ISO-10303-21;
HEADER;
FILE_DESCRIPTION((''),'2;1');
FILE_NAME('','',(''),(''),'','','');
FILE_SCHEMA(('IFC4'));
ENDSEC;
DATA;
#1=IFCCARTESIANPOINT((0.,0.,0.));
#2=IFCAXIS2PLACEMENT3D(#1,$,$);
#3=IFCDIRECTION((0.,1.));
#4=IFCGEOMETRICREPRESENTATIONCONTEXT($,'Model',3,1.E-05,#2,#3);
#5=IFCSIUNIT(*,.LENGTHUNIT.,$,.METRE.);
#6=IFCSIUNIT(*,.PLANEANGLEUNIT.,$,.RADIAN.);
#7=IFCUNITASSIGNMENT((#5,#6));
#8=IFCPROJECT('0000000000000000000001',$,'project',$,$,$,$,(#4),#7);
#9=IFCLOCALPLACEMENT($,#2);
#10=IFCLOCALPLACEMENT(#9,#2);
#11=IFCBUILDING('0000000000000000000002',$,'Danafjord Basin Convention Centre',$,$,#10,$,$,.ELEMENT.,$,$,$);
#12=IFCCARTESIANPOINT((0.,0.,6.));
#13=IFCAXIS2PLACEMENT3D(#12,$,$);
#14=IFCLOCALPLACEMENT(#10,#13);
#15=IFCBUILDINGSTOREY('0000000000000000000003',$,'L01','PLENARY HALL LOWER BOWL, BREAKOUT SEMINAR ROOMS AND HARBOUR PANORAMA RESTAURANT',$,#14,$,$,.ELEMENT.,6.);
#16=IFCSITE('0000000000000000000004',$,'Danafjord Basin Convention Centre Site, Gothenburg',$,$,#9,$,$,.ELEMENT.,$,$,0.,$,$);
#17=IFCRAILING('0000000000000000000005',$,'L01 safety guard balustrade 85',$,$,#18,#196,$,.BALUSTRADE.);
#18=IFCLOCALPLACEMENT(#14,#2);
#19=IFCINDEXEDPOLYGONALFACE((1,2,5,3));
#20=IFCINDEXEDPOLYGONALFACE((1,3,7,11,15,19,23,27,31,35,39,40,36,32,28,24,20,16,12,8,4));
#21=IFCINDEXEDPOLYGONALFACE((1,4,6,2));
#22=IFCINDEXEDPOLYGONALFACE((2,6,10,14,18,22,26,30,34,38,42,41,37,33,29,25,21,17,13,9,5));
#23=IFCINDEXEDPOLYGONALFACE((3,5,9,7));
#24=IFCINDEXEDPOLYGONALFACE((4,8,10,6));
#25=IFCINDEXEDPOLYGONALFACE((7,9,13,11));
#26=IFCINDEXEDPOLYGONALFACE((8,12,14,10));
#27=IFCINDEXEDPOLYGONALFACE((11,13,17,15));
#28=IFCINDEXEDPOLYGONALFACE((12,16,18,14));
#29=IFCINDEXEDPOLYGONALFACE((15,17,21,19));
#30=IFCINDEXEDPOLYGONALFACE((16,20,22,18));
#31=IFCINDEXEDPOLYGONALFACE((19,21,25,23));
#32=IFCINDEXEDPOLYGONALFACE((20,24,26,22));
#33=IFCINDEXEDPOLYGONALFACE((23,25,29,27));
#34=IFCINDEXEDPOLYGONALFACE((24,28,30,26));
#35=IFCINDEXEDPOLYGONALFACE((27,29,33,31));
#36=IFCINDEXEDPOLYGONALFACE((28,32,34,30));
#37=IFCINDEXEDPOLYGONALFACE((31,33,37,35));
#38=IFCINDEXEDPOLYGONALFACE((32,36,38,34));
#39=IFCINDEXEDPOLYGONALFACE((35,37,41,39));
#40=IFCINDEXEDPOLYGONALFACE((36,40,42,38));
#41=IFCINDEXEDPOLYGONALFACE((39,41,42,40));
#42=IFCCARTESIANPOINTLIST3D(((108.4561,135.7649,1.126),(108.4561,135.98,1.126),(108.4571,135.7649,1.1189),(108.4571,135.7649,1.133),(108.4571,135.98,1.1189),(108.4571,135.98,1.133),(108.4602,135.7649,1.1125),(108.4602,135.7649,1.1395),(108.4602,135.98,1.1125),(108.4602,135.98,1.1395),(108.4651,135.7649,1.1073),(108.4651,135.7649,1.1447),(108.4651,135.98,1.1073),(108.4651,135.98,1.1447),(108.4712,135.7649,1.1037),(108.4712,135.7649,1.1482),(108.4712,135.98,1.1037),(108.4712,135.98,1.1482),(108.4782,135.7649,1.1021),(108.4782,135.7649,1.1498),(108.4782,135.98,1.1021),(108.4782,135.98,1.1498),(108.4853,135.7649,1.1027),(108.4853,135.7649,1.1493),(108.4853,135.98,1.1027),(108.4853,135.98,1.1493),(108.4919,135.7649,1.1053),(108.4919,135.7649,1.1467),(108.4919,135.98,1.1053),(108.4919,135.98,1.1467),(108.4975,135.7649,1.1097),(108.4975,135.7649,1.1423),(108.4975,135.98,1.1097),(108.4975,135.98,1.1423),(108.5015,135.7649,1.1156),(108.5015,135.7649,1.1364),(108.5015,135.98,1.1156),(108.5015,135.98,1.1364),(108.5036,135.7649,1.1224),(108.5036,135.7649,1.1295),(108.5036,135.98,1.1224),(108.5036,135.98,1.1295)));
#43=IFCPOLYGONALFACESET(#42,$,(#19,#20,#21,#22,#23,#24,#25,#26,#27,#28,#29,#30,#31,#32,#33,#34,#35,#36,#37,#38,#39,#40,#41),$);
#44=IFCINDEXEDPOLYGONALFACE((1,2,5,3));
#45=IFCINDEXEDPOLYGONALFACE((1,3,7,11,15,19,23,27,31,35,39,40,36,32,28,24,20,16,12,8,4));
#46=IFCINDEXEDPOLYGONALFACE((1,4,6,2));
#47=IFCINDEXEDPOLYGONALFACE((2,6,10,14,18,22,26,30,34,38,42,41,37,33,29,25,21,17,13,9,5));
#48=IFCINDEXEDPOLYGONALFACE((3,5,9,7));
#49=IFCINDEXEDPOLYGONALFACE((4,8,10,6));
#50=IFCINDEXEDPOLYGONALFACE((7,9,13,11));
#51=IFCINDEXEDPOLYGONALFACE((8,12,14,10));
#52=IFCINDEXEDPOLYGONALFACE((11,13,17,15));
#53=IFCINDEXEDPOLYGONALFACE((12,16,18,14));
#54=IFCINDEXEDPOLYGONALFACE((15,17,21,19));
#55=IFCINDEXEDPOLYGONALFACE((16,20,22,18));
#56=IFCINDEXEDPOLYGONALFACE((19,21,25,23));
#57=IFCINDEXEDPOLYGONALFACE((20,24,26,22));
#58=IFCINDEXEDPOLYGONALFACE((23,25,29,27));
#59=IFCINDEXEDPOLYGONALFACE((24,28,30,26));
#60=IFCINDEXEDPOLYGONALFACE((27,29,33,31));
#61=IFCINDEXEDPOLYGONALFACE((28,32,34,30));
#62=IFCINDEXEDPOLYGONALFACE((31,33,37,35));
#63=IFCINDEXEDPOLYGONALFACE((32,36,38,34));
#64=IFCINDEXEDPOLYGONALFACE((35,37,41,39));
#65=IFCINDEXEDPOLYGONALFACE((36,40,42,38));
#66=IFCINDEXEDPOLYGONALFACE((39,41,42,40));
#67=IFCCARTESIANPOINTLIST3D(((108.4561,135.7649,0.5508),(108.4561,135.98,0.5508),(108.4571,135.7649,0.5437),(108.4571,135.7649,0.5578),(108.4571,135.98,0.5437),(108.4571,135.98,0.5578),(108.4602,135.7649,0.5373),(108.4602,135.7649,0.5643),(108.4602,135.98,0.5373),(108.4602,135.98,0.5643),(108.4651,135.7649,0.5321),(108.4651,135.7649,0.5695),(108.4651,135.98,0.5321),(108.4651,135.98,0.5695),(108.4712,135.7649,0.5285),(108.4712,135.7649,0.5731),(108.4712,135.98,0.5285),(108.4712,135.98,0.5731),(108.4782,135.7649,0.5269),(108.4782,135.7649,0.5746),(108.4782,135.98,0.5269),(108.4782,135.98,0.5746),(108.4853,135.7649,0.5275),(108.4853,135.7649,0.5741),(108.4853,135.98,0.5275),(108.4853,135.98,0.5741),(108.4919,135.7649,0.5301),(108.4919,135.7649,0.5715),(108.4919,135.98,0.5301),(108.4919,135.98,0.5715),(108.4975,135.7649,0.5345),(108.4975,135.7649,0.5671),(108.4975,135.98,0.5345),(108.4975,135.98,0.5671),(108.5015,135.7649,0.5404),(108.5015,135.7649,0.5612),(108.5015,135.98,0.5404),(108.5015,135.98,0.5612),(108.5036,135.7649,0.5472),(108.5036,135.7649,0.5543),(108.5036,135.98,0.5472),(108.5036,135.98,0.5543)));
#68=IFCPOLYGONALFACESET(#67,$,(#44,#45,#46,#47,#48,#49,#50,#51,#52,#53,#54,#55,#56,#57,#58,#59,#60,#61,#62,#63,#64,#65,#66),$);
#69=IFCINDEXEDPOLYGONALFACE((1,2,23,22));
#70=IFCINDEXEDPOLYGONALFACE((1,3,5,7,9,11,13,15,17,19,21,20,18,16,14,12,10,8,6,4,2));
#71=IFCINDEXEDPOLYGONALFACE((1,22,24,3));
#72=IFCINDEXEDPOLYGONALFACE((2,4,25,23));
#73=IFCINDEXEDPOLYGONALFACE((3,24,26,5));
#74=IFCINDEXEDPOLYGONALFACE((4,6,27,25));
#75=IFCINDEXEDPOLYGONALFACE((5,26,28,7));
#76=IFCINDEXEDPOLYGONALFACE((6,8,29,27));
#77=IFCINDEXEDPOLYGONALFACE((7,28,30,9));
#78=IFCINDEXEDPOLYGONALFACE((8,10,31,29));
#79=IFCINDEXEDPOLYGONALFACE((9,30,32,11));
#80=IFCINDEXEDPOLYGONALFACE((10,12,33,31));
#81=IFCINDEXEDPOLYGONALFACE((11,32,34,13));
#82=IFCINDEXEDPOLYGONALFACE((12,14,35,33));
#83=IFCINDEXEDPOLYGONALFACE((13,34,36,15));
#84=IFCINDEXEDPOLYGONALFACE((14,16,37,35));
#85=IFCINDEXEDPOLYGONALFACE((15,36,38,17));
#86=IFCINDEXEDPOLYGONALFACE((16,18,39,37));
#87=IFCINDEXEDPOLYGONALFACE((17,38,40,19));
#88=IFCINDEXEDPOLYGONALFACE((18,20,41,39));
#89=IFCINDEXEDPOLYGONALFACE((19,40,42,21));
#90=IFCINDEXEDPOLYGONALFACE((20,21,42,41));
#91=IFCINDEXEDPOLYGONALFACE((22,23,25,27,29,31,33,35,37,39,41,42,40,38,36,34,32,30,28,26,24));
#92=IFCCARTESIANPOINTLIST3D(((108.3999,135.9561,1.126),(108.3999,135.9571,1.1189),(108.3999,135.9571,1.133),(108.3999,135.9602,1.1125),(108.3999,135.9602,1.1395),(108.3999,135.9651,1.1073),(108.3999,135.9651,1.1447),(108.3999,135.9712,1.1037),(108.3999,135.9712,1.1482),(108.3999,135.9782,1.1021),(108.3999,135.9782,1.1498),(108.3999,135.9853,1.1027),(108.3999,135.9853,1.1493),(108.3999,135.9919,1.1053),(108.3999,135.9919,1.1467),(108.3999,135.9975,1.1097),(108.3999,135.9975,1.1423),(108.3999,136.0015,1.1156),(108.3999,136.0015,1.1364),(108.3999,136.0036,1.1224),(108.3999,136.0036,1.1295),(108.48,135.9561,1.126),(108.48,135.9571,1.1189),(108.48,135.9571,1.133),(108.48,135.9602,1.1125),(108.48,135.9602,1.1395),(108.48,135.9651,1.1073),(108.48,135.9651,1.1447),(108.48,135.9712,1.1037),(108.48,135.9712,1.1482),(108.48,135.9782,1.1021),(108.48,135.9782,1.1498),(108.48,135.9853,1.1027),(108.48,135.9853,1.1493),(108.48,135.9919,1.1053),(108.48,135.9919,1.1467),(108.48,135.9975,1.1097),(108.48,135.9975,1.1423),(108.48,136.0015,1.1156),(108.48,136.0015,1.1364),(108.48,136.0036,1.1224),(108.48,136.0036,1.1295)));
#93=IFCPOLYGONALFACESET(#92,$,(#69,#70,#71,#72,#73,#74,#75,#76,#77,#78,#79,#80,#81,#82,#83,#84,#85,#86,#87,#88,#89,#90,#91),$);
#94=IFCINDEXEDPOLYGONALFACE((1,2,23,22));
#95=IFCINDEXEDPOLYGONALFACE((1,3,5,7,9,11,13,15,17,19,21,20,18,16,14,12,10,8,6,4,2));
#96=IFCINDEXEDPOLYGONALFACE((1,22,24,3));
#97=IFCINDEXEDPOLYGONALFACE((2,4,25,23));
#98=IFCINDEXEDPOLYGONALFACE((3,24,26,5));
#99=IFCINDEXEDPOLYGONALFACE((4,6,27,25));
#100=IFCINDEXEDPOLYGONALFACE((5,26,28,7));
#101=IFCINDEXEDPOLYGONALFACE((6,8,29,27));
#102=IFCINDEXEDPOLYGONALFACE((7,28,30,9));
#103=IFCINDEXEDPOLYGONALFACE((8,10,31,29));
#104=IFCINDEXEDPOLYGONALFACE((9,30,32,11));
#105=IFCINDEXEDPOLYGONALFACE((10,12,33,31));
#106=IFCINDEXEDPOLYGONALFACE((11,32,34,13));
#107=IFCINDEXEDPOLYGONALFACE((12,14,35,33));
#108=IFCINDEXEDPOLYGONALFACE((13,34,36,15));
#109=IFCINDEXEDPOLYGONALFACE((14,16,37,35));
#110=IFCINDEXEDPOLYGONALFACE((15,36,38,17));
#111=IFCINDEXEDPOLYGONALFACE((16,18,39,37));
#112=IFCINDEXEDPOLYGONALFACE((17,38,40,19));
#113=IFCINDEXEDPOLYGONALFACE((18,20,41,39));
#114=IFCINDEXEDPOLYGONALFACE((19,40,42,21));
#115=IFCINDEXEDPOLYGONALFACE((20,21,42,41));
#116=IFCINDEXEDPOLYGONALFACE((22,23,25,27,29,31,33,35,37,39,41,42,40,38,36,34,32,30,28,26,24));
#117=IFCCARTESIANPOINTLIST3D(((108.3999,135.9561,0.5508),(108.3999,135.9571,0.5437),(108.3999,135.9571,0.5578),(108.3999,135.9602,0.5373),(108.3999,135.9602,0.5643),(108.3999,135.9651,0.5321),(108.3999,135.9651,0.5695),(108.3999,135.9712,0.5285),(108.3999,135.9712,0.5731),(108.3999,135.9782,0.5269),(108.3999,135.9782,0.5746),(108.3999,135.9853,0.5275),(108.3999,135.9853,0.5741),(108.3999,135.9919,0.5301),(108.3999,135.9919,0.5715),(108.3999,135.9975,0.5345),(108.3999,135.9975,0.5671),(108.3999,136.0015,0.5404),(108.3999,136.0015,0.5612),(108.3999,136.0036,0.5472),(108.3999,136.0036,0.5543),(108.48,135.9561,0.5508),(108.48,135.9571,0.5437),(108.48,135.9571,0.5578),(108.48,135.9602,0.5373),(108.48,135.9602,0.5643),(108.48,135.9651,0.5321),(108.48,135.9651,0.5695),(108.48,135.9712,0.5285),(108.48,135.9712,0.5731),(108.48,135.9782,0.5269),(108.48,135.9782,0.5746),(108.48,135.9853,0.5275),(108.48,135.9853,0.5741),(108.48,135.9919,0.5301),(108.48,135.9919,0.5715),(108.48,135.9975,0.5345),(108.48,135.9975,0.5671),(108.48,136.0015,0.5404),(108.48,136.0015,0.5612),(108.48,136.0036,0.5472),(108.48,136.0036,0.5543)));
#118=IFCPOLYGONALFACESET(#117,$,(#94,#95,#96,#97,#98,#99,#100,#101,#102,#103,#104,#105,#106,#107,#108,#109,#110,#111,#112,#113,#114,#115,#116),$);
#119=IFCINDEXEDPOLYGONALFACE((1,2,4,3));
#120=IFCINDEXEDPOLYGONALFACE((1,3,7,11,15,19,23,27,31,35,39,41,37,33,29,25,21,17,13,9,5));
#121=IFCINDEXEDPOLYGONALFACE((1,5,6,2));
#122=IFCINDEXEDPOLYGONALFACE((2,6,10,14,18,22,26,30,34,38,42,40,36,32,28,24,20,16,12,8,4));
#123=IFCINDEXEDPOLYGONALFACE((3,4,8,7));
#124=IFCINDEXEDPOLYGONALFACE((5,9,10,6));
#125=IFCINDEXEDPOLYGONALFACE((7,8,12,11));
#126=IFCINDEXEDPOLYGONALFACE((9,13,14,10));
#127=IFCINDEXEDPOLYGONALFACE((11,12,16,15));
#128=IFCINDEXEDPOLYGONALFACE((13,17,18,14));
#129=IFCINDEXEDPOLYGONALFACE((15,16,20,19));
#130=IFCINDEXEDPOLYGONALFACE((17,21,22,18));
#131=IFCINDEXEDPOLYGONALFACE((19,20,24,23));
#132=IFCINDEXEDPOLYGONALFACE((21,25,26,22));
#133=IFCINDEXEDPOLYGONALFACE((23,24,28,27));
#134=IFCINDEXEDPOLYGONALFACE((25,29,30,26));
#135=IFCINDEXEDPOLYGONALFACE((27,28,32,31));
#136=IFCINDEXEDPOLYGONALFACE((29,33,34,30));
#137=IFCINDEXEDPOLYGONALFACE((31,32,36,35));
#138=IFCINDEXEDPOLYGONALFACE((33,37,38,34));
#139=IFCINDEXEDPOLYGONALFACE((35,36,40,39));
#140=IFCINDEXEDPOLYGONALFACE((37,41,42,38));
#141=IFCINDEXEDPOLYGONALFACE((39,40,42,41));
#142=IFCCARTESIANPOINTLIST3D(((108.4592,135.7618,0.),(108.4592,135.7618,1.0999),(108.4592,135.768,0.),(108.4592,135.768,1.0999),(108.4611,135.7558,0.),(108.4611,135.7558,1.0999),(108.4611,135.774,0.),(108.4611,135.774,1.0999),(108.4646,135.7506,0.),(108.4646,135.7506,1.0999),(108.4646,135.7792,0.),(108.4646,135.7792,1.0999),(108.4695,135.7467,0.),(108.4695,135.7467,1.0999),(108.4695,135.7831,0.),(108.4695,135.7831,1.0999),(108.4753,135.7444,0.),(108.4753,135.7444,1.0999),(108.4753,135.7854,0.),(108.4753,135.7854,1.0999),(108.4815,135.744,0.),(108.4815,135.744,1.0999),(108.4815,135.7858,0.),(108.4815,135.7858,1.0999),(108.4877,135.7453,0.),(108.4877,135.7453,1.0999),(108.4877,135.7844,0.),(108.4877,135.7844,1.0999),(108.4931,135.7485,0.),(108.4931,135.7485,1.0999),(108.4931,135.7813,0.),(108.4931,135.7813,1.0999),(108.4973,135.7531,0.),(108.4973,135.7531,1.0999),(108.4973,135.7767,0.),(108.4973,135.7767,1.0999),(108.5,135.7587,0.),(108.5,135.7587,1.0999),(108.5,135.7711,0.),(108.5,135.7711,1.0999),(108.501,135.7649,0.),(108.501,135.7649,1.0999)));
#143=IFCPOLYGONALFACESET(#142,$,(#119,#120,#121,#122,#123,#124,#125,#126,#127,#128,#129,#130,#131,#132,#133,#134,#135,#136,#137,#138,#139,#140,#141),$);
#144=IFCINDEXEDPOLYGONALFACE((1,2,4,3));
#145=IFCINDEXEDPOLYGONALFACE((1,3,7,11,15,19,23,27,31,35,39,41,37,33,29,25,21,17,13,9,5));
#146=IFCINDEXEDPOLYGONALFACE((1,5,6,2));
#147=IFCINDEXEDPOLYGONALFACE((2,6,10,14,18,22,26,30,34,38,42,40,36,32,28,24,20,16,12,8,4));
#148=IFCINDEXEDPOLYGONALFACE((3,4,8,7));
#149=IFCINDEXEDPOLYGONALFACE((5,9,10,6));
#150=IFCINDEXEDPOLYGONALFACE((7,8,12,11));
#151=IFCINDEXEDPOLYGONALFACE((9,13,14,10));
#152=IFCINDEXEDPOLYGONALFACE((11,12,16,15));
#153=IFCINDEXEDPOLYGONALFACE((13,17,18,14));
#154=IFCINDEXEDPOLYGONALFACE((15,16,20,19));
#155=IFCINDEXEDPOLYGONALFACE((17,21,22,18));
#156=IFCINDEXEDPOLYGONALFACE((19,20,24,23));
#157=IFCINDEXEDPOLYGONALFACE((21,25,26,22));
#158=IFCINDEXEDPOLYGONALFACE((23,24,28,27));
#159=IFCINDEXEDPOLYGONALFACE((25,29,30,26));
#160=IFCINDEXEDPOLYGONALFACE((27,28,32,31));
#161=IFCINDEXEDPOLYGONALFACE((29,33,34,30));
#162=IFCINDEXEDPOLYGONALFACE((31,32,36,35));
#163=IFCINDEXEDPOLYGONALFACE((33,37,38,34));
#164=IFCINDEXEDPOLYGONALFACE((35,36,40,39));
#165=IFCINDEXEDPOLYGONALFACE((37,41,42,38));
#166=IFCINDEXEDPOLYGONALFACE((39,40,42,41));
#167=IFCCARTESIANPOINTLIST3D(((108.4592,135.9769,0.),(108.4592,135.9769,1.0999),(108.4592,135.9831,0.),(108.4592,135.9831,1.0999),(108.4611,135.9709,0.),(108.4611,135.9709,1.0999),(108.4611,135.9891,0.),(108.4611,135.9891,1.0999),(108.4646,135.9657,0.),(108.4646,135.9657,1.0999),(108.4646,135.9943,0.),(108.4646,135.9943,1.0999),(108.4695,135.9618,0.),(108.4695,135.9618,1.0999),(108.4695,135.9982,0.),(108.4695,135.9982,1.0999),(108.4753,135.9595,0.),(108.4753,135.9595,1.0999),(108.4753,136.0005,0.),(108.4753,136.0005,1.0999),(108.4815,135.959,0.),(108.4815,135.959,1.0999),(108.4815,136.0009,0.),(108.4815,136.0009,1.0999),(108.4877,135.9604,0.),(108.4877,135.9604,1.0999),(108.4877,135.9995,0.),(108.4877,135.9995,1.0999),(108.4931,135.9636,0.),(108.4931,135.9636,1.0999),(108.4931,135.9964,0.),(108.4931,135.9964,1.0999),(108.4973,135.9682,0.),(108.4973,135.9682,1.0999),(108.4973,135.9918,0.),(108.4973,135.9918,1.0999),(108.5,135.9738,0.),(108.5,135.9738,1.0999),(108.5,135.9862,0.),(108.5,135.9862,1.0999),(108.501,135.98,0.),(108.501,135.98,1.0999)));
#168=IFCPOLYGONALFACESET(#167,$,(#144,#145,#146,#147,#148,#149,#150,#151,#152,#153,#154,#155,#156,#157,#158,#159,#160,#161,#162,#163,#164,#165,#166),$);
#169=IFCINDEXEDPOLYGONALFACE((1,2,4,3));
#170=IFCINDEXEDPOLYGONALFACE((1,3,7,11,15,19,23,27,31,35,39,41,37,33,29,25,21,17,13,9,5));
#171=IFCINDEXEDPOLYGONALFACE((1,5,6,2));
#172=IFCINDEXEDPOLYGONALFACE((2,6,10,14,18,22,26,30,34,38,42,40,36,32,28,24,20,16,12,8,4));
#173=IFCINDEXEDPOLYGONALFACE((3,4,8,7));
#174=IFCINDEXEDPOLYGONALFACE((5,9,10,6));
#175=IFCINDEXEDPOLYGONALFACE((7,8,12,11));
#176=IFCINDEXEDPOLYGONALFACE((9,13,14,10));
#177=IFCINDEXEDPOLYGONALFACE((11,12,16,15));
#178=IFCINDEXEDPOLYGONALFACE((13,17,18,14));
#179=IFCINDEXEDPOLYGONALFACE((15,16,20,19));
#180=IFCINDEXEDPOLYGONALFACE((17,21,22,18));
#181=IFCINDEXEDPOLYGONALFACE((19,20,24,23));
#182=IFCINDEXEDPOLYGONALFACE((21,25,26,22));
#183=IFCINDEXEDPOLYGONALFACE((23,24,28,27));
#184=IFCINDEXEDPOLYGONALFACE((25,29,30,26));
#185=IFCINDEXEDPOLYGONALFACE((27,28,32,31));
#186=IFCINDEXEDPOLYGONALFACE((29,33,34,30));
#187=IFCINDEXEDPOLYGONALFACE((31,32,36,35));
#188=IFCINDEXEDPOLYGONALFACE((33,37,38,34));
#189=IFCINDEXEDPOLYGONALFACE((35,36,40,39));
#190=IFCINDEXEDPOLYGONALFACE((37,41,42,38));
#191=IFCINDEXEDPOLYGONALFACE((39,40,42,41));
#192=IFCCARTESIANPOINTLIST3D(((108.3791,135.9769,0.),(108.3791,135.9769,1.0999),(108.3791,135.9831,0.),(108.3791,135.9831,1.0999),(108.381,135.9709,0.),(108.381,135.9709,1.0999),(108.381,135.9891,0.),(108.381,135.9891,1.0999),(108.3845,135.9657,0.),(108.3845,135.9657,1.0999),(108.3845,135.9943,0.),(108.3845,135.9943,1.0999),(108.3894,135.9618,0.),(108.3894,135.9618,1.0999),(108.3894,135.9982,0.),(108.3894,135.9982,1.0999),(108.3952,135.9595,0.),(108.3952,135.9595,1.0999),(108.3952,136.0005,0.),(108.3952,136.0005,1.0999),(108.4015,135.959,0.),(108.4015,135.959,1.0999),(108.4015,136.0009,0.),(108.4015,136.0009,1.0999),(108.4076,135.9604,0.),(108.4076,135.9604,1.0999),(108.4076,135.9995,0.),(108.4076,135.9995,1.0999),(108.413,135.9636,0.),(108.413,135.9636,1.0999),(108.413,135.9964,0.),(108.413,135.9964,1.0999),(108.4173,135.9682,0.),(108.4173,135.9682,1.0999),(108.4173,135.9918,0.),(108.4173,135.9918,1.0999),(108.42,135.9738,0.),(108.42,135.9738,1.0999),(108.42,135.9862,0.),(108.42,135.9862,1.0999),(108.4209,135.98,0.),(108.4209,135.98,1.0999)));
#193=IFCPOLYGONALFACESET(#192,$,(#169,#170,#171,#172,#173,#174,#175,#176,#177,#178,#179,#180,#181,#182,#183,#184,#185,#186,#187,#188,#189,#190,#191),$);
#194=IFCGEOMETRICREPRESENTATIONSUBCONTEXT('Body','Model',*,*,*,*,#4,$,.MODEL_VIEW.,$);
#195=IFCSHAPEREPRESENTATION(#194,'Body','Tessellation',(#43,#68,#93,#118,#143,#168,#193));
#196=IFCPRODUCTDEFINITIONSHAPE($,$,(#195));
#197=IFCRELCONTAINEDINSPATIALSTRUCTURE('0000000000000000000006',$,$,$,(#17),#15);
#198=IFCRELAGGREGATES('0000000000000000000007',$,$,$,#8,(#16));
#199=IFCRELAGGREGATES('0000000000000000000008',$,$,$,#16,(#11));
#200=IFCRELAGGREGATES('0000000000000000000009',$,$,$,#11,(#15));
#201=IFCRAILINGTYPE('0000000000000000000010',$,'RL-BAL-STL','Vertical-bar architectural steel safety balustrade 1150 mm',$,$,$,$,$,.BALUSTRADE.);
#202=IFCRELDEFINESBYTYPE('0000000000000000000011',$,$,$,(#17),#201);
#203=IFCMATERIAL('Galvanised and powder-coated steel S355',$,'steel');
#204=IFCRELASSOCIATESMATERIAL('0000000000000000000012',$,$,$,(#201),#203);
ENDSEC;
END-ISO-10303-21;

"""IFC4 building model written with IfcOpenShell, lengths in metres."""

from ifc_helpers import new_model, si_unit, direction, frame, origin, origin_2d, place, context, subcontext, project, spatial, circle, extrude, material, type_object, element, save


model = new_model("IFC4")

# Units and contexts
model_context = context("Model", 3, precision=1e-05, world=origin(), true_north=direction((0.0, 1.0)))
body_context = subcontext(model_context, "Body", "Model", "MODEL_VIEW")
ifc_project = project(units=[si_unit("LENGTHUNIT", "METRE"), si_unit("PLANEANGLEUNIT", "RADIAN")], contexts=[model_context])

# Site, building, storey
site_placement = place(None, origin())
site = spatial("IfcSite", under=ifc_project, at=site_placement, Name="Danafjord Basin Convention Centre Site, Gothenburg", CompositionType="ELEMENT", RefElevation=0.0)
building_placement = place(site_placement, origin())
building = spatial("IfcBuilding", under=site, at=building_placement, Name="Danafjord Basin Convention Centre", CompositionType="ELEMENT")
storey_placement = place(building_placement, frame((0.0, 0.0, 6.0)))
storey = spatial("IfcBuildingStorey", under=building, at=storey_placement, Name="L01", Description="PLENARY HALL LOWER BOWL, BREAKOUT SEMINAR ROOMS AND HARBOUR PANORAMA RESTAURANT", CompositionType="ELEMENT", Elevation=6.0)

# Railing
ifc_material_1 = material(Name="Galvanised and powder-coated steel S355", Category="steel")
railing_type_1 = type_object("IfcRailingType", Name="RL-BAL-STL", Description="Vertical-bar architectural steel safety balustrade 1150 mm", PredefinedType="BALUSTRADE", material=ifc_material_1)
railing_1_placement = place(storey_placement, frame((108.48, 135.7649, 0.0)))
element("IfcRailing", 1, at=railing_1_placement, inside=storey, type_object=railing_type_1, Name="L01 safety guard balustrade 85", PredefinedType="BALUSTRADE", context=body_context, shape_type="SweptSolid", body=[
    extrude(circle(Radius=0.0239, at=origin_2d()), frame((0.0, 0.0, 1.126), z_axis=(0.0, 1.0, 0.0), x_axis=(-1.0, 0.0, 0.0)), (0.0, 0.0, 1.0), 0.2151),
    extrude(circle(Radius=0.0239, at=origin_2d()), frame((0.0, 0.0, 0.5508), z_axis=(0.0, 1.0, 0.0), x_axis=(-1.0, 0.0, 0.0)), (0.0, 0.0, 1.0), 0.2151),
    extrude(circle(Radius=0.0239, at=origin_2d()), frame((0.0, 0.2151, 1.126), z_axis=(-1.0, 0.0, 0.0), x_axis=(0.0, -1.0, 0.0)), (0.0, 0.0, 1.0), 0.0801),
    extrude(circle(Radius=0.0239, at=origin_2d()), frame((0.0, 0.2151, 0.5508), z_axis=(-1.0, 0.0, 0.0), x_axis=(0.0, -1.0, 0.0)), (0.0, 0.0, 1.0), 0.0801),
    extrude(circle(Radius=0.021, at=origin_2d()), origin(), (0.0, 0.0, 1.0), 1.0999),
    extrude(circle(Radius=0.021, at=origin_2d()), frame((0.0, 0.2151, 0.0)), (0.0, 0.0, 1.0), 1.0999),
    extrude(circle(Radius=0.021, at=origin_2d()), frame((-0.0801, 0.2151, 0.0)), (0.0, 0.0, 1.0), 1.0999),
])

save(model, "model.ifc")
